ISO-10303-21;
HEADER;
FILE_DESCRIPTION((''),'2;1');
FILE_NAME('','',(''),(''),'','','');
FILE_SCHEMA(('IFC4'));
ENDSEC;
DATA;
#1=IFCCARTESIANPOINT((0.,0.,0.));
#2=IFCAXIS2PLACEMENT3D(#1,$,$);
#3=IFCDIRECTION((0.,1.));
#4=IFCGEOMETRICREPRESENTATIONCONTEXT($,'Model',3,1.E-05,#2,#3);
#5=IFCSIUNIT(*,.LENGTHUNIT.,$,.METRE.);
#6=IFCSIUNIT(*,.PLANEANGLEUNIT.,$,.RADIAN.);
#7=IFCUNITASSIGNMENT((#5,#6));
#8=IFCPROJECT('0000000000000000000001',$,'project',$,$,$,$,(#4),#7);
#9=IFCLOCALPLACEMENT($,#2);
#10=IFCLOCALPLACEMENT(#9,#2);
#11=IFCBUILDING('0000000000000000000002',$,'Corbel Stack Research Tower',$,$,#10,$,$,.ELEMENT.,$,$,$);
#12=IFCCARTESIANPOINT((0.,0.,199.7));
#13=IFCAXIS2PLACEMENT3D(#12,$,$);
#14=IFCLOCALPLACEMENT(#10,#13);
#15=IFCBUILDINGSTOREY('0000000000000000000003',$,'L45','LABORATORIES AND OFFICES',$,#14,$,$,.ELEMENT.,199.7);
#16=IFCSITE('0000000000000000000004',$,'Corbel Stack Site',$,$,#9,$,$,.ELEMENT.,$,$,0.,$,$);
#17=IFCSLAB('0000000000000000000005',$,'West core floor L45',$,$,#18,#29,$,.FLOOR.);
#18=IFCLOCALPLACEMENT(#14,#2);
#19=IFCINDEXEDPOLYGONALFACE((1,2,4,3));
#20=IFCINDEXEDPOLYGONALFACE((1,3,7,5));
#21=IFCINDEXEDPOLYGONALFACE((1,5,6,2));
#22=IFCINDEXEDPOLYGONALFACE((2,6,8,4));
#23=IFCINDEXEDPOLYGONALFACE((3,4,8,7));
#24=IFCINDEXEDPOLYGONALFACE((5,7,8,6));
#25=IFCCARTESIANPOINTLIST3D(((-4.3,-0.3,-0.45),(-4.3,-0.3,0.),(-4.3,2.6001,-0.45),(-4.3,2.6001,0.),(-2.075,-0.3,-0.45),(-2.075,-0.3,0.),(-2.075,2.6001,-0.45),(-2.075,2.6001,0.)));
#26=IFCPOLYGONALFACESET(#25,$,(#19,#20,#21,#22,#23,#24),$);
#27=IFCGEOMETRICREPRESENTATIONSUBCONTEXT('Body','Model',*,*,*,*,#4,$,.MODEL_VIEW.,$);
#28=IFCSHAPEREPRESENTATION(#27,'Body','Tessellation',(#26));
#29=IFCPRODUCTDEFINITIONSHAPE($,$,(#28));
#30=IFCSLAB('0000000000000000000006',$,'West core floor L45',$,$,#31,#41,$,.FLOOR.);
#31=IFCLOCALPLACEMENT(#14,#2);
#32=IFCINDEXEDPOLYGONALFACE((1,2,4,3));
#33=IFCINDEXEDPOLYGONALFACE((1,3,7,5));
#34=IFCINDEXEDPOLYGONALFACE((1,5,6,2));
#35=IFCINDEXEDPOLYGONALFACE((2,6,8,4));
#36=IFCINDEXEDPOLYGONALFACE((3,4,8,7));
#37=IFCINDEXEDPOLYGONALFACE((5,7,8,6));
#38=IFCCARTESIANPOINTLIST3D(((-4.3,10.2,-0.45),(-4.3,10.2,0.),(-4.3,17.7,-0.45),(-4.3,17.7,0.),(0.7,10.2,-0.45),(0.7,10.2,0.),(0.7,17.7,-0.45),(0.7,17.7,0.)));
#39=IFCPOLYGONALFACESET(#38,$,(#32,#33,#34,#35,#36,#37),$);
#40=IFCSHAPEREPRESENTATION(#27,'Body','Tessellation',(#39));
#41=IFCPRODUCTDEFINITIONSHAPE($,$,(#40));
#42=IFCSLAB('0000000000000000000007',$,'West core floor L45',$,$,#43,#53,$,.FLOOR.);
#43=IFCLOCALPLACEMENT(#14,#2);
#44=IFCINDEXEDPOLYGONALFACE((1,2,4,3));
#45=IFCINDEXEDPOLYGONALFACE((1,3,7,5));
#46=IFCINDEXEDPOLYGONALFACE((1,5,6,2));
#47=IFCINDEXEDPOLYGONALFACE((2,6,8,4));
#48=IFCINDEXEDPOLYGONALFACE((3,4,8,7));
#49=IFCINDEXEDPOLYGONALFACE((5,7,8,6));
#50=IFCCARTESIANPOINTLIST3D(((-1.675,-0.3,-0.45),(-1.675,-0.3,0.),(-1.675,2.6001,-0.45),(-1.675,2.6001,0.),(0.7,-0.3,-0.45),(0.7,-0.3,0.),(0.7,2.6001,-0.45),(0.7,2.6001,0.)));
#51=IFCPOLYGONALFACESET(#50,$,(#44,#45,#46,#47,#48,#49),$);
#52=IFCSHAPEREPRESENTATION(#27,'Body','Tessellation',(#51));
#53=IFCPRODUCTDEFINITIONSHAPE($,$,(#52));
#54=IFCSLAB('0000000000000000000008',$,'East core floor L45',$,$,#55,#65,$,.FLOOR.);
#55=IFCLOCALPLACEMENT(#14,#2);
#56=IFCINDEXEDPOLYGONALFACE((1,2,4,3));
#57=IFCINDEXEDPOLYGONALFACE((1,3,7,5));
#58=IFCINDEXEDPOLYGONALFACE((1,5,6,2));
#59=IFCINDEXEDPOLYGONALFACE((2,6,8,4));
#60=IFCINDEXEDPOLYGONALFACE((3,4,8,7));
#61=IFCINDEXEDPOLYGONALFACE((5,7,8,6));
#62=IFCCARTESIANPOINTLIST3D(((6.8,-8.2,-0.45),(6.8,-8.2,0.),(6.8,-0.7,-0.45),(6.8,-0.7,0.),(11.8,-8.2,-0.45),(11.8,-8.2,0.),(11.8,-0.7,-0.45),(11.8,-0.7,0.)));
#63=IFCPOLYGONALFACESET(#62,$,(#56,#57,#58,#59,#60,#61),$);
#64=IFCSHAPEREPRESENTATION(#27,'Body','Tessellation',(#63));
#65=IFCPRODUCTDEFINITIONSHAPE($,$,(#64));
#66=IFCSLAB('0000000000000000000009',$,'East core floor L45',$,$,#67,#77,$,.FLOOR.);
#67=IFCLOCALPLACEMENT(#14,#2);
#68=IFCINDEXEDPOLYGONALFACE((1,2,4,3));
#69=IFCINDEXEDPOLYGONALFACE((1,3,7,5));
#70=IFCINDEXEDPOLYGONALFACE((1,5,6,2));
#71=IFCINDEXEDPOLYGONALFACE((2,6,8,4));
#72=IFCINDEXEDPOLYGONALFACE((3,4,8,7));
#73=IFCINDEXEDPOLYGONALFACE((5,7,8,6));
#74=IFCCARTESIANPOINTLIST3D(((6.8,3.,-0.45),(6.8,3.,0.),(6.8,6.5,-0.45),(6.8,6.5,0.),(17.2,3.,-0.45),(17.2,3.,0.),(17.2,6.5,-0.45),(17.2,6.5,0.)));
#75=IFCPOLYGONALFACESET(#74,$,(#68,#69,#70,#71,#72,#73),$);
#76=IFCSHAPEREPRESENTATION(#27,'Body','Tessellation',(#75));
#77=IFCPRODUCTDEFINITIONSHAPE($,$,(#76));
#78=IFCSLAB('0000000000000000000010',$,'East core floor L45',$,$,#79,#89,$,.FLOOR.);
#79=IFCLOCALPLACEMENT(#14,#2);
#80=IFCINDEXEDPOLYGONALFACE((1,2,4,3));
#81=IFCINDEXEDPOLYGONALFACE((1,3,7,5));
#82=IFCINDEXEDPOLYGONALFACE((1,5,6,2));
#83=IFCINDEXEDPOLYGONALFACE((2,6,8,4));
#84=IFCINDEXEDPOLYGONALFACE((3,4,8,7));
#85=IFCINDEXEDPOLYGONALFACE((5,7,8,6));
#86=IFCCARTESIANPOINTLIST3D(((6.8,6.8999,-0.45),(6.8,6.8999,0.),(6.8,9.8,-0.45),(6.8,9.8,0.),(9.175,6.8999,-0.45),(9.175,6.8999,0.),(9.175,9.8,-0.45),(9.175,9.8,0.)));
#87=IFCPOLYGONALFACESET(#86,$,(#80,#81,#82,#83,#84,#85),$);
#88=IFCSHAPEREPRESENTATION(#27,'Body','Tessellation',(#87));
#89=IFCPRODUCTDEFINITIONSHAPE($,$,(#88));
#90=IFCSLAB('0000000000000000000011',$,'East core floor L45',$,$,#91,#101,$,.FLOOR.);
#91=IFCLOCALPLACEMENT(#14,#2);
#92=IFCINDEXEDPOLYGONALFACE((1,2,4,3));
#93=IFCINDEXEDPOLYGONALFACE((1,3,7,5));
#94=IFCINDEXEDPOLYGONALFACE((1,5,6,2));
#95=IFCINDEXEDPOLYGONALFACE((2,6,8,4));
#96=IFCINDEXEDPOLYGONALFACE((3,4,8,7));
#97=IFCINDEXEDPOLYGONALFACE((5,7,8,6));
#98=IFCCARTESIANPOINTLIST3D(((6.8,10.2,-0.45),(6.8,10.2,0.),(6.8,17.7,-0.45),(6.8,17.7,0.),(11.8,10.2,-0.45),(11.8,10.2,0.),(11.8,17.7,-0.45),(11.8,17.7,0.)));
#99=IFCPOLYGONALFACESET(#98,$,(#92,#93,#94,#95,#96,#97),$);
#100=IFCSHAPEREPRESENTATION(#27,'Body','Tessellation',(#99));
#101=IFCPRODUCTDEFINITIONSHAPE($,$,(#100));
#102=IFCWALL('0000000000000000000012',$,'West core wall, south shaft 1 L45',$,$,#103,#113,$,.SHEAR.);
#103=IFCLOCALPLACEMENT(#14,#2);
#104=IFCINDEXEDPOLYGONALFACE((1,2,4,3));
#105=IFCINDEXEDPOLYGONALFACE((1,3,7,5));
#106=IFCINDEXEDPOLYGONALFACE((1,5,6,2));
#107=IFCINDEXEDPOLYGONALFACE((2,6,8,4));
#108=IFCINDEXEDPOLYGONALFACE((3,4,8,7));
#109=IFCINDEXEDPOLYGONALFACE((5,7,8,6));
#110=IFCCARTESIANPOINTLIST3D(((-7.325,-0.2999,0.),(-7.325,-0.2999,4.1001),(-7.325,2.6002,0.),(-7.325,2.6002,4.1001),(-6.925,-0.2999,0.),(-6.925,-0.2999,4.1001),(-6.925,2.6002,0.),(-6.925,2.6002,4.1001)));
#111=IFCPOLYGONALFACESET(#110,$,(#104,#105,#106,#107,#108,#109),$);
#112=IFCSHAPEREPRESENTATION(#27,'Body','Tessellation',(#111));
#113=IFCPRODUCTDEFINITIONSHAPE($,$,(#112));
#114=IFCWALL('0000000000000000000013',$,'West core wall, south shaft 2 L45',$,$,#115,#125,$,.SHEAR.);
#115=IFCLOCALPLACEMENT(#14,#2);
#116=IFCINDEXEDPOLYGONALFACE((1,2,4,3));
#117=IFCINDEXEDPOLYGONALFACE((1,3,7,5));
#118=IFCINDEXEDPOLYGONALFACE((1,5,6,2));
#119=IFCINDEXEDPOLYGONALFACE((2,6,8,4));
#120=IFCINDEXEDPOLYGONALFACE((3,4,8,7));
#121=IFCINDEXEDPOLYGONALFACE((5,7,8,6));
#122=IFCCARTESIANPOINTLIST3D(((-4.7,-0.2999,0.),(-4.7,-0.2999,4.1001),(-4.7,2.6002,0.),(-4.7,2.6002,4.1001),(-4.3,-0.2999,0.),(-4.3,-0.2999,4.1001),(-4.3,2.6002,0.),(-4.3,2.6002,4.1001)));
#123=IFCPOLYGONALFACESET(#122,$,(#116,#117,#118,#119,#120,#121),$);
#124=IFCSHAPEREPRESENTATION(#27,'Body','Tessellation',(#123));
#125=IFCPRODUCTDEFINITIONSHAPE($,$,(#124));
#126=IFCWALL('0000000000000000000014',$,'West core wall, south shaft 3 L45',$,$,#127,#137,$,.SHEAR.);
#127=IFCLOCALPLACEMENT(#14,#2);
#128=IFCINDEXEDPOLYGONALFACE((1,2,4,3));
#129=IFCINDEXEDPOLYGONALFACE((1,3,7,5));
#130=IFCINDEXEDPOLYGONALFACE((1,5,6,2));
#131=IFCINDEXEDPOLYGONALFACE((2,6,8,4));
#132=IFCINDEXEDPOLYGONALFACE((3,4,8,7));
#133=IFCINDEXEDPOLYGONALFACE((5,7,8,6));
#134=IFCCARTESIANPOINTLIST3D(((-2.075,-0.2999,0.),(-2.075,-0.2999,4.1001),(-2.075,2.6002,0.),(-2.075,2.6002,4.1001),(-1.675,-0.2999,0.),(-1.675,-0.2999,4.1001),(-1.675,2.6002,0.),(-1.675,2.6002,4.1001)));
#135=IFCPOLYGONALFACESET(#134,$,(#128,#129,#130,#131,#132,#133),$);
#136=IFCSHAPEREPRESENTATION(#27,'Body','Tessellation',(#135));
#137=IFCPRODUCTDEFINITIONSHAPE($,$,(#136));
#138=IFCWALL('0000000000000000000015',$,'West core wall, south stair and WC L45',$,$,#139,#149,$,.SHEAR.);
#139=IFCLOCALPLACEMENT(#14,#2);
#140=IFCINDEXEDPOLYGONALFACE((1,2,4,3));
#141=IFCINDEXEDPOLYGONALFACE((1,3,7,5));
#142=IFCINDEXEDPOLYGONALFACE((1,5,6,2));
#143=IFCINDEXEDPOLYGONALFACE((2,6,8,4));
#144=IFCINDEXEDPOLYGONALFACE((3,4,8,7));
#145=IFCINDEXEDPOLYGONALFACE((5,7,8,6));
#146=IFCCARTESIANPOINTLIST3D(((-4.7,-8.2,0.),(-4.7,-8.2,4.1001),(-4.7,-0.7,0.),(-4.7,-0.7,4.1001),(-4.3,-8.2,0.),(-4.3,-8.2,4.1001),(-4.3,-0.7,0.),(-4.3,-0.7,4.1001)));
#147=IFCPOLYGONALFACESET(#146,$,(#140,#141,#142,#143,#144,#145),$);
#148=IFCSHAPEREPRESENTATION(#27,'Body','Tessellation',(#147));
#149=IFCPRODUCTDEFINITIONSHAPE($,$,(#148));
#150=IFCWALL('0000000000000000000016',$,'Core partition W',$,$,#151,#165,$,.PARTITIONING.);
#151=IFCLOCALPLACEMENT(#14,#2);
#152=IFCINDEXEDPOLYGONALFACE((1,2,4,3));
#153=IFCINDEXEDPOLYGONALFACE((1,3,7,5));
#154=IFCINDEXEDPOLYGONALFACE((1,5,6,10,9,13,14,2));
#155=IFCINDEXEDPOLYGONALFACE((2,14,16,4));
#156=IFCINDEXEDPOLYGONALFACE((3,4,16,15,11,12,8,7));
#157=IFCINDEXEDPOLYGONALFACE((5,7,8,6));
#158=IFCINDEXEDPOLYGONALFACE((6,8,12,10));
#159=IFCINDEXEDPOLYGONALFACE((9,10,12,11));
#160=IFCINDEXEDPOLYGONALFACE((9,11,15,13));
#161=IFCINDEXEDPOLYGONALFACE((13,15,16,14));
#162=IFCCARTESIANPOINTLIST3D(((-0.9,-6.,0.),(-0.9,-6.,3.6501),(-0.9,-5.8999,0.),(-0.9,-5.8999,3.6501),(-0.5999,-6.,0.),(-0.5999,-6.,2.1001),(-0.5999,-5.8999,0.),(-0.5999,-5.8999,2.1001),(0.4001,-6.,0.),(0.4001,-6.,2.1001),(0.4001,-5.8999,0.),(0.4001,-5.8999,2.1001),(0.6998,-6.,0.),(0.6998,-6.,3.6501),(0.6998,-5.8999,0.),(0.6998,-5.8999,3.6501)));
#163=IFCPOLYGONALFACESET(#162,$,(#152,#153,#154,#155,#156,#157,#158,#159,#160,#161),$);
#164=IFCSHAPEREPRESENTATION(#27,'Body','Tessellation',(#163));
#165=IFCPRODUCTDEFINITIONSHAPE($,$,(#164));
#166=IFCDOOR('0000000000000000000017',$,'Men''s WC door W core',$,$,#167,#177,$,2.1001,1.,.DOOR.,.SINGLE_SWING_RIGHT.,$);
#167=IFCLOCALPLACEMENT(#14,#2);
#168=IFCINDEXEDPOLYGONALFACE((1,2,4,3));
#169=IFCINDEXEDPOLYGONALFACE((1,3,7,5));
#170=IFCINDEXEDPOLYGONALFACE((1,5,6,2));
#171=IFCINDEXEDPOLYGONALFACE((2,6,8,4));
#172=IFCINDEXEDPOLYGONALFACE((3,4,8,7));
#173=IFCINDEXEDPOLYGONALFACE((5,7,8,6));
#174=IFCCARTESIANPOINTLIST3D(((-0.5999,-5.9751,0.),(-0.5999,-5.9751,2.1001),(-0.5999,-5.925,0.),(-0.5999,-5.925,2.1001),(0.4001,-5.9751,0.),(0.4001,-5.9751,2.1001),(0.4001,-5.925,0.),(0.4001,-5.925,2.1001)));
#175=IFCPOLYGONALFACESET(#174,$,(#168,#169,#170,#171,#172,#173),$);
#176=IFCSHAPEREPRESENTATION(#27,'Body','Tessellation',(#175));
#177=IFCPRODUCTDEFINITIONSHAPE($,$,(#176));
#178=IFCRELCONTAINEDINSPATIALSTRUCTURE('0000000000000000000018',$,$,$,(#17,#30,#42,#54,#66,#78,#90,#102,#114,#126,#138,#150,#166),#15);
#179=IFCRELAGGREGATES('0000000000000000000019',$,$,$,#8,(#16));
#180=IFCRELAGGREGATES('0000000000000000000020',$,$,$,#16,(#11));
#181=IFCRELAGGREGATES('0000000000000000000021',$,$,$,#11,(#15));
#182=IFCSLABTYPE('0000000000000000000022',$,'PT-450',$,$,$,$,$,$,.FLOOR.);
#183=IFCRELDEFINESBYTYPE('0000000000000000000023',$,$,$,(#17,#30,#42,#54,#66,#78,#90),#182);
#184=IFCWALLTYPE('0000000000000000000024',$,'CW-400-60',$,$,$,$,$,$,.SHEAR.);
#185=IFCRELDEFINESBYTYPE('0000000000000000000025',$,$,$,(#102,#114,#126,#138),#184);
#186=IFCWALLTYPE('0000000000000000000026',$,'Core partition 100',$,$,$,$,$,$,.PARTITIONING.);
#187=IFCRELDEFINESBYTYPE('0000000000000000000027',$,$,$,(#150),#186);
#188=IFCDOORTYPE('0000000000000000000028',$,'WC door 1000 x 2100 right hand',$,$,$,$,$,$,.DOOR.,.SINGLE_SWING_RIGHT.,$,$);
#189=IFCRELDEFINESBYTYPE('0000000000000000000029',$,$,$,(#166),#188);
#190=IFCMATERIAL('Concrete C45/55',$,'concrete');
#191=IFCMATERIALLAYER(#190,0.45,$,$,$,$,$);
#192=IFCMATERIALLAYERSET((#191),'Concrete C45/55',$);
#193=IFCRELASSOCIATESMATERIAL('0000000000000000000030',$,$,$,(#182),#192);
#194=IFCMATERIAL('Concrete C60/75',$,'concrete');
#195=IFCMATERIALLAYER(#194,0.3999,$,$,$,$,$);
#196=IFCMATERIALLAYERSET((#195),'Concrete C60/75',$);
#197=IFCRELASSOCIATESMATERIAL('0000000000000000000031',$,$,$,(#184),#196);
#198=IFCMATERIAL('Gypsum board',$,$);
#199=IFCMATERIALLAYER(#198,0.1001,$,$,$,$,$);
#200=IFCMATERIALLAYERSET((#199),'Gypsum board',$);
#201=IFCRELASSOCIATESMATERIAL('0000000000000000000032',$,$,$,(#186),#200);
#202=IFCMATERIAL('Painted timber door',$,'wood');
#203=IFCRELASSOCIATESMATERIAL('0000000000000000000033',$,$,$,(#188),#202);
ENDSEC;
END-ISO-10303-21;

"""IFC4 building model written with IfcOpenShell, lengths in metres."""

from ifc_helpers import new_model, si_unit, direction, frame, frame_2d, origin, place, context, subcontext, project, spatial, polyline, rectangle, outline, extrude, material, layer, layer_set, type_object, element, fill, save


model = new_model("IFC4")

# Units and contexts
model_context = context("Model", 3, precision=1e-05, world=origin(), true_north=direction((0.0, 1.0)))
body_context = subcontext(model_context, "Body", "Model", "MODEL_VIEW")
ifc_project = project(units=[si_unit("LENGTHUNIT", "METRE"), si_unit("PLANEANGLEUNIT", "RADIAN")], contexts=[model_context])

# Site, building, storey
site_placement = place(None, origin())
site = spatial("IfcSite", under=ifc_project, at=site_placement, Name="Corbel Stack Site", CompositionType="ELEMENT", RefElevation=0.0)
building_placement = place(site_placement, origin())
building = spatial("IfcBuilding", under=site, at=building_placement, Name="Corbel Stack Research Tower", CompositionType="ELEMENT")
storey_placement = place(building_placement, frame((0.0, 0.0, 199.7)))
storey = spatial("IfcBuildingStorey", under=building, at=storey_placement, Name="L45", Description="LABORATORIES AND OFFICES", CompositionType="ELEMENT", Elevation=199.7)

# Slabs
ifc_material_1 = material(Name="Concrete C45/55", Category="concrete")
ifc_layer_1 = layer(ifc_material_1, 0.45)
ifc_layer_set_1 = layer_set([ifc_layer_1], Name="Concrete C45/55")
slab_type = type_object("IfcSlabType", Name="PT-450", PredefinedType="FLOOR", material=ifc_layer_set_1)
slab_1_placement = place(storey_placement, frame((0.0, 0.0, -0.45)))
element("IfcSlab", 1, at=slab_1_placement, inside=storey, type_object=slab_type, Name="West core floor L45", PredefinedType="FLOOR", context=body_context, shape_type="SweptSolid", body=[
    extrude(outline(polyline([(-2.075, -0.3), (-2.075, 2.6001), (-4.3, 2.6001), (-4.3, -0.3), (-2.075, -0.3)])), origin(), (0.0, 0.0, 1.0), 0.45),
])
slab_2_placement = place(storey_placement, frame((0.0, 0.0, -0.45)))
element("IfcSlab", 2, at=slab_2_placement, inside=storey, type_object=slab_type, Name="West core floor L45", PredefinedType="FLOOR", context=body_context, shape_type="SweptSolid", body=[
    extrude(outline(polyline([(0.7, 17.7), (-4.3, 17.7), (-4.3, 10.2), (0.7, 10.2), (0.7, 17.7)])), origin(), (0.0, 0.0, 1.0), 0.45),
])
slab_3_placement = place(storey_placement, frame((0.0, 0.0, -0.45)))
element("IfcSlab", 3, at=slab_3_placement, inside=storey, type_object=slab_type, Name="West core floor L45", PredefinedType="FLOOR", context=body_context, shape_type="SweptSolid", body=[
    extrude(outline(polyline([(0.7, -0.3), (0.7, 2.6001), (-1.675, 2.6001), (-1.675, -0.3), (0.7, -0.3)])), origin(), (0.0, 0.0, 1.0), 0.45),
])
slab_4_placement = place(storey_placement, frame((0.0, 0.0, -0.45)))
element("IfcSlab", 4, at=slab_4_placement, inside=storey, type_object=slab_type, Name="East core floor L45", PredefinedType="FLOOR", context=body_context, shape_type="SweptSolid", body=[
    extrude(outline(polyline([(6.8, -0.7), (6.8, -8.2), (11.8, -8.2), (11.8, -0.7), (6.8, -0.7)])), origin(), (0.0, 0.0, 1.0), 0.45),
])
slab_5_placement = place(storey_placement, frame((0.0, 0.0, -0.45)))
element("IfcSlab", 5, at=slab_5_placement, inside=storey, type_object=slab_type, Name="East core floor L45", PredefinedType="FLOOR", context=body_context, shape_type="SweptSolid", body=[
    extrude(outline(polyline([(17.2, 6.5), (6.8, 6.5), (6.8, 3.0), (17.2, 3.0), (17.2, 6.5)])), origin(), (0.0, 0.0, 1.0), 0.45),
])
slab_6_placement = place(storey_placement, frame((0.0, 0.0, -0.45)))
element("IfcSlab", 6, at=slab_6_placement, inside=storey, type_object=slab_type, Name="East core floor L45", PredefinedType="FLOOR", context=body_context, shape_type="SweptSolid", body=[
    extrude(outline(polyline([(6.8, 6.8999), (9.175, 6.8999), (9.175, 9.8), (6.8, 9.8), (6.8, 6.8999)])), origin(), (0.0, 0.0, 1.0), 0.45),
])
slab_7_placement = place(storey_placement, frame((0.0, 0.0, -0.45)))
element("IfcSlab", 7, at=slab_7_placement, inside=storey, type_object=slab_type, Name="East core floor L45", PredefinedType="FLOOR", context=body_context, shape_type="SweptSolid", body=[
    extrude(outline(polyline([(6.8, 17.7), (6.8, 10.2), (11.8, 10.2), (11.8, 17.7), (6.8, 17.7)])), origin(), (0.0, 0.0, 1.0), 0.45),
])

# Walls
ifc_material_2 = material(Name="Concrete C60/75", Category="concrete")
ifc_layer_2 = layer(ifc_material_2, 0.3999)
ifc_layer_set_2 = layer_set([ifc_layer_2], Name="Concrete C60/75")
wall_type_1 = type_object("IfcWallType", Name="CW-400-60", PredefinedType="SHEAR", material=ifc_layer_set_2)
for number, where, z_axis, x_axis, name in (
    (8, (-7.125, -0.3, 0.0), (0.0, 0.0, 1.0), (0.0, 1.0, 0.0), "West core wall, south shaft 1 L45"),
    (9, (-4.5, -0.3, 0.0), (0.0, 0.0, 1.0), (0.0, 1.0, 0.0), "West core wall, south shaft 2 L45"),
    (10, (-1.875, -0.3, 0.0), (0.0, 0.0, 1.0), (0.0, 1.0, 0.0), "West core wall, south shaft 3 L45"),
):
    element("IfcWall", number, at=place(storey_placement, frame(where, z_axis=z_axis, x_axis=x_axis)), inside=storey, type_object=wall_type_1, Name=name, PredefinedType="SHEAR", context=body_context, shape_type="SweptSolid", body=[
        extrude(rectangle(XDim=2.9001, YDim=0.3999, at=frame_2d((1.4502, 0.0))), origin(), (0.0, 0.0, 1.0), 4.1001),
    ])
wall_1_placement = place(storey_placement, frame((-4.5, -8.2, 0.0), z_axis=(0.0, 0.0, 1.0), x_axis=(0.0, 1.0, 0.0)))
element("IfcWall", 11, at=wall_1_placement, inside=storey, type_object=wall_type_1, Name="West core wall, south stair and WC L45", PredefinedType="SHEAR", context=body_context, shape_type="SweptSolid", body=[
    extrude(rectangle(XDim=7.5, YDim=0.3999, at=frame_2d((3.75, 0.0))), origin(), (0.0, 0.0, 1.0), 4.1001),
])

# Wall, opening, door
ifc_material_3 = material(Name="Gypsum board")
ifc_layer_3 = layer(ifc_material_3, 0.1001)
ifc_layer_set_3 = layer_set([ifc_layer_3], Name="Gypsum board")
wall_type_2 = type_object("IfcWallType", Name="Core partition 100", PredefinedType="PARTITIONING", material=ifc_layer_set_3)
wall_2_placement = place(storey_placement, frame((-0.8999, -5.95, 0.0), z_axis=(0.0, 0.0, 1.0), x_axis=(1.0, 0.0, 0.0)))
wall_2 = element("IfcWall", 12, at=wall_2_placement, inside=storey, type_object=wall_type_2, Name="Core partition W", PredefinedType="PARTITIONING", context=body_context, shape_type="SweptSolid", body=[
    extrude(rectangle(XDim=1.5999, YDim=0.1001, at=frame_2d((0.7998, 0.0))), origin(), (0.0, 0.0, 1.0), 3.6501),
])
opening_1_placement = place(wall_2_placement, frame((0.3, 0.0, 0.0)))
opening_1 = element("IfcOpeningElement", 13, at=opening_1_placement, cuts=wall_2, PredefinedType="OPENING", context=body_context, shape_type="SweptSolid", body=[
    extrude(rectangle(XDim=1.0, YDim=2.1001, at=frame_2d((0.5, 1.05))), frame((0.0, 0.0601, 0.0), z_axis=(0.0, -1.0, 0.0), x_axis=(1.0, 0.0, 0.0)), (0.0, 0.0, 1.0), 0.1201),
])
ifc_material_4 = material(Name="Painted timber door", Category="wood")
door_type_1 = type_object("IfcDoorType", Name="WC door 1000 x 2100 right hand", OperationType="SINGLE_SWING_RIGHT", PredefinedType="DOOR", material=ifc_material_4)
door_1_placement = place(opening_1_placement, origin())
door_1 = element("IfcDoor", 14, at=door_1_placement, inside=storey, type_object=door_type_1, Name="Men's WC door W core", OperationType="SINGLE_SWING_RIGHT", OverallHeight=2.1001, OverallWidth=1.0, PredefinedType="DOOR", context=body_context, shape_type="SweptSolid", body=[
    extrude(rectangle(XDim=1.0, YDim=2.1001, at=frame_2d((0.5, 1.05))), frame((0.0, 0.0249, 0.0), z_axis=(0.0, -1.0, 0.0), x_axis=(1.0, 0.0, 0.0)), (0.0, 0.0, 1.0), 0.05),
])
fill(opening_1, door_1)

save(model, "model.ifc")
